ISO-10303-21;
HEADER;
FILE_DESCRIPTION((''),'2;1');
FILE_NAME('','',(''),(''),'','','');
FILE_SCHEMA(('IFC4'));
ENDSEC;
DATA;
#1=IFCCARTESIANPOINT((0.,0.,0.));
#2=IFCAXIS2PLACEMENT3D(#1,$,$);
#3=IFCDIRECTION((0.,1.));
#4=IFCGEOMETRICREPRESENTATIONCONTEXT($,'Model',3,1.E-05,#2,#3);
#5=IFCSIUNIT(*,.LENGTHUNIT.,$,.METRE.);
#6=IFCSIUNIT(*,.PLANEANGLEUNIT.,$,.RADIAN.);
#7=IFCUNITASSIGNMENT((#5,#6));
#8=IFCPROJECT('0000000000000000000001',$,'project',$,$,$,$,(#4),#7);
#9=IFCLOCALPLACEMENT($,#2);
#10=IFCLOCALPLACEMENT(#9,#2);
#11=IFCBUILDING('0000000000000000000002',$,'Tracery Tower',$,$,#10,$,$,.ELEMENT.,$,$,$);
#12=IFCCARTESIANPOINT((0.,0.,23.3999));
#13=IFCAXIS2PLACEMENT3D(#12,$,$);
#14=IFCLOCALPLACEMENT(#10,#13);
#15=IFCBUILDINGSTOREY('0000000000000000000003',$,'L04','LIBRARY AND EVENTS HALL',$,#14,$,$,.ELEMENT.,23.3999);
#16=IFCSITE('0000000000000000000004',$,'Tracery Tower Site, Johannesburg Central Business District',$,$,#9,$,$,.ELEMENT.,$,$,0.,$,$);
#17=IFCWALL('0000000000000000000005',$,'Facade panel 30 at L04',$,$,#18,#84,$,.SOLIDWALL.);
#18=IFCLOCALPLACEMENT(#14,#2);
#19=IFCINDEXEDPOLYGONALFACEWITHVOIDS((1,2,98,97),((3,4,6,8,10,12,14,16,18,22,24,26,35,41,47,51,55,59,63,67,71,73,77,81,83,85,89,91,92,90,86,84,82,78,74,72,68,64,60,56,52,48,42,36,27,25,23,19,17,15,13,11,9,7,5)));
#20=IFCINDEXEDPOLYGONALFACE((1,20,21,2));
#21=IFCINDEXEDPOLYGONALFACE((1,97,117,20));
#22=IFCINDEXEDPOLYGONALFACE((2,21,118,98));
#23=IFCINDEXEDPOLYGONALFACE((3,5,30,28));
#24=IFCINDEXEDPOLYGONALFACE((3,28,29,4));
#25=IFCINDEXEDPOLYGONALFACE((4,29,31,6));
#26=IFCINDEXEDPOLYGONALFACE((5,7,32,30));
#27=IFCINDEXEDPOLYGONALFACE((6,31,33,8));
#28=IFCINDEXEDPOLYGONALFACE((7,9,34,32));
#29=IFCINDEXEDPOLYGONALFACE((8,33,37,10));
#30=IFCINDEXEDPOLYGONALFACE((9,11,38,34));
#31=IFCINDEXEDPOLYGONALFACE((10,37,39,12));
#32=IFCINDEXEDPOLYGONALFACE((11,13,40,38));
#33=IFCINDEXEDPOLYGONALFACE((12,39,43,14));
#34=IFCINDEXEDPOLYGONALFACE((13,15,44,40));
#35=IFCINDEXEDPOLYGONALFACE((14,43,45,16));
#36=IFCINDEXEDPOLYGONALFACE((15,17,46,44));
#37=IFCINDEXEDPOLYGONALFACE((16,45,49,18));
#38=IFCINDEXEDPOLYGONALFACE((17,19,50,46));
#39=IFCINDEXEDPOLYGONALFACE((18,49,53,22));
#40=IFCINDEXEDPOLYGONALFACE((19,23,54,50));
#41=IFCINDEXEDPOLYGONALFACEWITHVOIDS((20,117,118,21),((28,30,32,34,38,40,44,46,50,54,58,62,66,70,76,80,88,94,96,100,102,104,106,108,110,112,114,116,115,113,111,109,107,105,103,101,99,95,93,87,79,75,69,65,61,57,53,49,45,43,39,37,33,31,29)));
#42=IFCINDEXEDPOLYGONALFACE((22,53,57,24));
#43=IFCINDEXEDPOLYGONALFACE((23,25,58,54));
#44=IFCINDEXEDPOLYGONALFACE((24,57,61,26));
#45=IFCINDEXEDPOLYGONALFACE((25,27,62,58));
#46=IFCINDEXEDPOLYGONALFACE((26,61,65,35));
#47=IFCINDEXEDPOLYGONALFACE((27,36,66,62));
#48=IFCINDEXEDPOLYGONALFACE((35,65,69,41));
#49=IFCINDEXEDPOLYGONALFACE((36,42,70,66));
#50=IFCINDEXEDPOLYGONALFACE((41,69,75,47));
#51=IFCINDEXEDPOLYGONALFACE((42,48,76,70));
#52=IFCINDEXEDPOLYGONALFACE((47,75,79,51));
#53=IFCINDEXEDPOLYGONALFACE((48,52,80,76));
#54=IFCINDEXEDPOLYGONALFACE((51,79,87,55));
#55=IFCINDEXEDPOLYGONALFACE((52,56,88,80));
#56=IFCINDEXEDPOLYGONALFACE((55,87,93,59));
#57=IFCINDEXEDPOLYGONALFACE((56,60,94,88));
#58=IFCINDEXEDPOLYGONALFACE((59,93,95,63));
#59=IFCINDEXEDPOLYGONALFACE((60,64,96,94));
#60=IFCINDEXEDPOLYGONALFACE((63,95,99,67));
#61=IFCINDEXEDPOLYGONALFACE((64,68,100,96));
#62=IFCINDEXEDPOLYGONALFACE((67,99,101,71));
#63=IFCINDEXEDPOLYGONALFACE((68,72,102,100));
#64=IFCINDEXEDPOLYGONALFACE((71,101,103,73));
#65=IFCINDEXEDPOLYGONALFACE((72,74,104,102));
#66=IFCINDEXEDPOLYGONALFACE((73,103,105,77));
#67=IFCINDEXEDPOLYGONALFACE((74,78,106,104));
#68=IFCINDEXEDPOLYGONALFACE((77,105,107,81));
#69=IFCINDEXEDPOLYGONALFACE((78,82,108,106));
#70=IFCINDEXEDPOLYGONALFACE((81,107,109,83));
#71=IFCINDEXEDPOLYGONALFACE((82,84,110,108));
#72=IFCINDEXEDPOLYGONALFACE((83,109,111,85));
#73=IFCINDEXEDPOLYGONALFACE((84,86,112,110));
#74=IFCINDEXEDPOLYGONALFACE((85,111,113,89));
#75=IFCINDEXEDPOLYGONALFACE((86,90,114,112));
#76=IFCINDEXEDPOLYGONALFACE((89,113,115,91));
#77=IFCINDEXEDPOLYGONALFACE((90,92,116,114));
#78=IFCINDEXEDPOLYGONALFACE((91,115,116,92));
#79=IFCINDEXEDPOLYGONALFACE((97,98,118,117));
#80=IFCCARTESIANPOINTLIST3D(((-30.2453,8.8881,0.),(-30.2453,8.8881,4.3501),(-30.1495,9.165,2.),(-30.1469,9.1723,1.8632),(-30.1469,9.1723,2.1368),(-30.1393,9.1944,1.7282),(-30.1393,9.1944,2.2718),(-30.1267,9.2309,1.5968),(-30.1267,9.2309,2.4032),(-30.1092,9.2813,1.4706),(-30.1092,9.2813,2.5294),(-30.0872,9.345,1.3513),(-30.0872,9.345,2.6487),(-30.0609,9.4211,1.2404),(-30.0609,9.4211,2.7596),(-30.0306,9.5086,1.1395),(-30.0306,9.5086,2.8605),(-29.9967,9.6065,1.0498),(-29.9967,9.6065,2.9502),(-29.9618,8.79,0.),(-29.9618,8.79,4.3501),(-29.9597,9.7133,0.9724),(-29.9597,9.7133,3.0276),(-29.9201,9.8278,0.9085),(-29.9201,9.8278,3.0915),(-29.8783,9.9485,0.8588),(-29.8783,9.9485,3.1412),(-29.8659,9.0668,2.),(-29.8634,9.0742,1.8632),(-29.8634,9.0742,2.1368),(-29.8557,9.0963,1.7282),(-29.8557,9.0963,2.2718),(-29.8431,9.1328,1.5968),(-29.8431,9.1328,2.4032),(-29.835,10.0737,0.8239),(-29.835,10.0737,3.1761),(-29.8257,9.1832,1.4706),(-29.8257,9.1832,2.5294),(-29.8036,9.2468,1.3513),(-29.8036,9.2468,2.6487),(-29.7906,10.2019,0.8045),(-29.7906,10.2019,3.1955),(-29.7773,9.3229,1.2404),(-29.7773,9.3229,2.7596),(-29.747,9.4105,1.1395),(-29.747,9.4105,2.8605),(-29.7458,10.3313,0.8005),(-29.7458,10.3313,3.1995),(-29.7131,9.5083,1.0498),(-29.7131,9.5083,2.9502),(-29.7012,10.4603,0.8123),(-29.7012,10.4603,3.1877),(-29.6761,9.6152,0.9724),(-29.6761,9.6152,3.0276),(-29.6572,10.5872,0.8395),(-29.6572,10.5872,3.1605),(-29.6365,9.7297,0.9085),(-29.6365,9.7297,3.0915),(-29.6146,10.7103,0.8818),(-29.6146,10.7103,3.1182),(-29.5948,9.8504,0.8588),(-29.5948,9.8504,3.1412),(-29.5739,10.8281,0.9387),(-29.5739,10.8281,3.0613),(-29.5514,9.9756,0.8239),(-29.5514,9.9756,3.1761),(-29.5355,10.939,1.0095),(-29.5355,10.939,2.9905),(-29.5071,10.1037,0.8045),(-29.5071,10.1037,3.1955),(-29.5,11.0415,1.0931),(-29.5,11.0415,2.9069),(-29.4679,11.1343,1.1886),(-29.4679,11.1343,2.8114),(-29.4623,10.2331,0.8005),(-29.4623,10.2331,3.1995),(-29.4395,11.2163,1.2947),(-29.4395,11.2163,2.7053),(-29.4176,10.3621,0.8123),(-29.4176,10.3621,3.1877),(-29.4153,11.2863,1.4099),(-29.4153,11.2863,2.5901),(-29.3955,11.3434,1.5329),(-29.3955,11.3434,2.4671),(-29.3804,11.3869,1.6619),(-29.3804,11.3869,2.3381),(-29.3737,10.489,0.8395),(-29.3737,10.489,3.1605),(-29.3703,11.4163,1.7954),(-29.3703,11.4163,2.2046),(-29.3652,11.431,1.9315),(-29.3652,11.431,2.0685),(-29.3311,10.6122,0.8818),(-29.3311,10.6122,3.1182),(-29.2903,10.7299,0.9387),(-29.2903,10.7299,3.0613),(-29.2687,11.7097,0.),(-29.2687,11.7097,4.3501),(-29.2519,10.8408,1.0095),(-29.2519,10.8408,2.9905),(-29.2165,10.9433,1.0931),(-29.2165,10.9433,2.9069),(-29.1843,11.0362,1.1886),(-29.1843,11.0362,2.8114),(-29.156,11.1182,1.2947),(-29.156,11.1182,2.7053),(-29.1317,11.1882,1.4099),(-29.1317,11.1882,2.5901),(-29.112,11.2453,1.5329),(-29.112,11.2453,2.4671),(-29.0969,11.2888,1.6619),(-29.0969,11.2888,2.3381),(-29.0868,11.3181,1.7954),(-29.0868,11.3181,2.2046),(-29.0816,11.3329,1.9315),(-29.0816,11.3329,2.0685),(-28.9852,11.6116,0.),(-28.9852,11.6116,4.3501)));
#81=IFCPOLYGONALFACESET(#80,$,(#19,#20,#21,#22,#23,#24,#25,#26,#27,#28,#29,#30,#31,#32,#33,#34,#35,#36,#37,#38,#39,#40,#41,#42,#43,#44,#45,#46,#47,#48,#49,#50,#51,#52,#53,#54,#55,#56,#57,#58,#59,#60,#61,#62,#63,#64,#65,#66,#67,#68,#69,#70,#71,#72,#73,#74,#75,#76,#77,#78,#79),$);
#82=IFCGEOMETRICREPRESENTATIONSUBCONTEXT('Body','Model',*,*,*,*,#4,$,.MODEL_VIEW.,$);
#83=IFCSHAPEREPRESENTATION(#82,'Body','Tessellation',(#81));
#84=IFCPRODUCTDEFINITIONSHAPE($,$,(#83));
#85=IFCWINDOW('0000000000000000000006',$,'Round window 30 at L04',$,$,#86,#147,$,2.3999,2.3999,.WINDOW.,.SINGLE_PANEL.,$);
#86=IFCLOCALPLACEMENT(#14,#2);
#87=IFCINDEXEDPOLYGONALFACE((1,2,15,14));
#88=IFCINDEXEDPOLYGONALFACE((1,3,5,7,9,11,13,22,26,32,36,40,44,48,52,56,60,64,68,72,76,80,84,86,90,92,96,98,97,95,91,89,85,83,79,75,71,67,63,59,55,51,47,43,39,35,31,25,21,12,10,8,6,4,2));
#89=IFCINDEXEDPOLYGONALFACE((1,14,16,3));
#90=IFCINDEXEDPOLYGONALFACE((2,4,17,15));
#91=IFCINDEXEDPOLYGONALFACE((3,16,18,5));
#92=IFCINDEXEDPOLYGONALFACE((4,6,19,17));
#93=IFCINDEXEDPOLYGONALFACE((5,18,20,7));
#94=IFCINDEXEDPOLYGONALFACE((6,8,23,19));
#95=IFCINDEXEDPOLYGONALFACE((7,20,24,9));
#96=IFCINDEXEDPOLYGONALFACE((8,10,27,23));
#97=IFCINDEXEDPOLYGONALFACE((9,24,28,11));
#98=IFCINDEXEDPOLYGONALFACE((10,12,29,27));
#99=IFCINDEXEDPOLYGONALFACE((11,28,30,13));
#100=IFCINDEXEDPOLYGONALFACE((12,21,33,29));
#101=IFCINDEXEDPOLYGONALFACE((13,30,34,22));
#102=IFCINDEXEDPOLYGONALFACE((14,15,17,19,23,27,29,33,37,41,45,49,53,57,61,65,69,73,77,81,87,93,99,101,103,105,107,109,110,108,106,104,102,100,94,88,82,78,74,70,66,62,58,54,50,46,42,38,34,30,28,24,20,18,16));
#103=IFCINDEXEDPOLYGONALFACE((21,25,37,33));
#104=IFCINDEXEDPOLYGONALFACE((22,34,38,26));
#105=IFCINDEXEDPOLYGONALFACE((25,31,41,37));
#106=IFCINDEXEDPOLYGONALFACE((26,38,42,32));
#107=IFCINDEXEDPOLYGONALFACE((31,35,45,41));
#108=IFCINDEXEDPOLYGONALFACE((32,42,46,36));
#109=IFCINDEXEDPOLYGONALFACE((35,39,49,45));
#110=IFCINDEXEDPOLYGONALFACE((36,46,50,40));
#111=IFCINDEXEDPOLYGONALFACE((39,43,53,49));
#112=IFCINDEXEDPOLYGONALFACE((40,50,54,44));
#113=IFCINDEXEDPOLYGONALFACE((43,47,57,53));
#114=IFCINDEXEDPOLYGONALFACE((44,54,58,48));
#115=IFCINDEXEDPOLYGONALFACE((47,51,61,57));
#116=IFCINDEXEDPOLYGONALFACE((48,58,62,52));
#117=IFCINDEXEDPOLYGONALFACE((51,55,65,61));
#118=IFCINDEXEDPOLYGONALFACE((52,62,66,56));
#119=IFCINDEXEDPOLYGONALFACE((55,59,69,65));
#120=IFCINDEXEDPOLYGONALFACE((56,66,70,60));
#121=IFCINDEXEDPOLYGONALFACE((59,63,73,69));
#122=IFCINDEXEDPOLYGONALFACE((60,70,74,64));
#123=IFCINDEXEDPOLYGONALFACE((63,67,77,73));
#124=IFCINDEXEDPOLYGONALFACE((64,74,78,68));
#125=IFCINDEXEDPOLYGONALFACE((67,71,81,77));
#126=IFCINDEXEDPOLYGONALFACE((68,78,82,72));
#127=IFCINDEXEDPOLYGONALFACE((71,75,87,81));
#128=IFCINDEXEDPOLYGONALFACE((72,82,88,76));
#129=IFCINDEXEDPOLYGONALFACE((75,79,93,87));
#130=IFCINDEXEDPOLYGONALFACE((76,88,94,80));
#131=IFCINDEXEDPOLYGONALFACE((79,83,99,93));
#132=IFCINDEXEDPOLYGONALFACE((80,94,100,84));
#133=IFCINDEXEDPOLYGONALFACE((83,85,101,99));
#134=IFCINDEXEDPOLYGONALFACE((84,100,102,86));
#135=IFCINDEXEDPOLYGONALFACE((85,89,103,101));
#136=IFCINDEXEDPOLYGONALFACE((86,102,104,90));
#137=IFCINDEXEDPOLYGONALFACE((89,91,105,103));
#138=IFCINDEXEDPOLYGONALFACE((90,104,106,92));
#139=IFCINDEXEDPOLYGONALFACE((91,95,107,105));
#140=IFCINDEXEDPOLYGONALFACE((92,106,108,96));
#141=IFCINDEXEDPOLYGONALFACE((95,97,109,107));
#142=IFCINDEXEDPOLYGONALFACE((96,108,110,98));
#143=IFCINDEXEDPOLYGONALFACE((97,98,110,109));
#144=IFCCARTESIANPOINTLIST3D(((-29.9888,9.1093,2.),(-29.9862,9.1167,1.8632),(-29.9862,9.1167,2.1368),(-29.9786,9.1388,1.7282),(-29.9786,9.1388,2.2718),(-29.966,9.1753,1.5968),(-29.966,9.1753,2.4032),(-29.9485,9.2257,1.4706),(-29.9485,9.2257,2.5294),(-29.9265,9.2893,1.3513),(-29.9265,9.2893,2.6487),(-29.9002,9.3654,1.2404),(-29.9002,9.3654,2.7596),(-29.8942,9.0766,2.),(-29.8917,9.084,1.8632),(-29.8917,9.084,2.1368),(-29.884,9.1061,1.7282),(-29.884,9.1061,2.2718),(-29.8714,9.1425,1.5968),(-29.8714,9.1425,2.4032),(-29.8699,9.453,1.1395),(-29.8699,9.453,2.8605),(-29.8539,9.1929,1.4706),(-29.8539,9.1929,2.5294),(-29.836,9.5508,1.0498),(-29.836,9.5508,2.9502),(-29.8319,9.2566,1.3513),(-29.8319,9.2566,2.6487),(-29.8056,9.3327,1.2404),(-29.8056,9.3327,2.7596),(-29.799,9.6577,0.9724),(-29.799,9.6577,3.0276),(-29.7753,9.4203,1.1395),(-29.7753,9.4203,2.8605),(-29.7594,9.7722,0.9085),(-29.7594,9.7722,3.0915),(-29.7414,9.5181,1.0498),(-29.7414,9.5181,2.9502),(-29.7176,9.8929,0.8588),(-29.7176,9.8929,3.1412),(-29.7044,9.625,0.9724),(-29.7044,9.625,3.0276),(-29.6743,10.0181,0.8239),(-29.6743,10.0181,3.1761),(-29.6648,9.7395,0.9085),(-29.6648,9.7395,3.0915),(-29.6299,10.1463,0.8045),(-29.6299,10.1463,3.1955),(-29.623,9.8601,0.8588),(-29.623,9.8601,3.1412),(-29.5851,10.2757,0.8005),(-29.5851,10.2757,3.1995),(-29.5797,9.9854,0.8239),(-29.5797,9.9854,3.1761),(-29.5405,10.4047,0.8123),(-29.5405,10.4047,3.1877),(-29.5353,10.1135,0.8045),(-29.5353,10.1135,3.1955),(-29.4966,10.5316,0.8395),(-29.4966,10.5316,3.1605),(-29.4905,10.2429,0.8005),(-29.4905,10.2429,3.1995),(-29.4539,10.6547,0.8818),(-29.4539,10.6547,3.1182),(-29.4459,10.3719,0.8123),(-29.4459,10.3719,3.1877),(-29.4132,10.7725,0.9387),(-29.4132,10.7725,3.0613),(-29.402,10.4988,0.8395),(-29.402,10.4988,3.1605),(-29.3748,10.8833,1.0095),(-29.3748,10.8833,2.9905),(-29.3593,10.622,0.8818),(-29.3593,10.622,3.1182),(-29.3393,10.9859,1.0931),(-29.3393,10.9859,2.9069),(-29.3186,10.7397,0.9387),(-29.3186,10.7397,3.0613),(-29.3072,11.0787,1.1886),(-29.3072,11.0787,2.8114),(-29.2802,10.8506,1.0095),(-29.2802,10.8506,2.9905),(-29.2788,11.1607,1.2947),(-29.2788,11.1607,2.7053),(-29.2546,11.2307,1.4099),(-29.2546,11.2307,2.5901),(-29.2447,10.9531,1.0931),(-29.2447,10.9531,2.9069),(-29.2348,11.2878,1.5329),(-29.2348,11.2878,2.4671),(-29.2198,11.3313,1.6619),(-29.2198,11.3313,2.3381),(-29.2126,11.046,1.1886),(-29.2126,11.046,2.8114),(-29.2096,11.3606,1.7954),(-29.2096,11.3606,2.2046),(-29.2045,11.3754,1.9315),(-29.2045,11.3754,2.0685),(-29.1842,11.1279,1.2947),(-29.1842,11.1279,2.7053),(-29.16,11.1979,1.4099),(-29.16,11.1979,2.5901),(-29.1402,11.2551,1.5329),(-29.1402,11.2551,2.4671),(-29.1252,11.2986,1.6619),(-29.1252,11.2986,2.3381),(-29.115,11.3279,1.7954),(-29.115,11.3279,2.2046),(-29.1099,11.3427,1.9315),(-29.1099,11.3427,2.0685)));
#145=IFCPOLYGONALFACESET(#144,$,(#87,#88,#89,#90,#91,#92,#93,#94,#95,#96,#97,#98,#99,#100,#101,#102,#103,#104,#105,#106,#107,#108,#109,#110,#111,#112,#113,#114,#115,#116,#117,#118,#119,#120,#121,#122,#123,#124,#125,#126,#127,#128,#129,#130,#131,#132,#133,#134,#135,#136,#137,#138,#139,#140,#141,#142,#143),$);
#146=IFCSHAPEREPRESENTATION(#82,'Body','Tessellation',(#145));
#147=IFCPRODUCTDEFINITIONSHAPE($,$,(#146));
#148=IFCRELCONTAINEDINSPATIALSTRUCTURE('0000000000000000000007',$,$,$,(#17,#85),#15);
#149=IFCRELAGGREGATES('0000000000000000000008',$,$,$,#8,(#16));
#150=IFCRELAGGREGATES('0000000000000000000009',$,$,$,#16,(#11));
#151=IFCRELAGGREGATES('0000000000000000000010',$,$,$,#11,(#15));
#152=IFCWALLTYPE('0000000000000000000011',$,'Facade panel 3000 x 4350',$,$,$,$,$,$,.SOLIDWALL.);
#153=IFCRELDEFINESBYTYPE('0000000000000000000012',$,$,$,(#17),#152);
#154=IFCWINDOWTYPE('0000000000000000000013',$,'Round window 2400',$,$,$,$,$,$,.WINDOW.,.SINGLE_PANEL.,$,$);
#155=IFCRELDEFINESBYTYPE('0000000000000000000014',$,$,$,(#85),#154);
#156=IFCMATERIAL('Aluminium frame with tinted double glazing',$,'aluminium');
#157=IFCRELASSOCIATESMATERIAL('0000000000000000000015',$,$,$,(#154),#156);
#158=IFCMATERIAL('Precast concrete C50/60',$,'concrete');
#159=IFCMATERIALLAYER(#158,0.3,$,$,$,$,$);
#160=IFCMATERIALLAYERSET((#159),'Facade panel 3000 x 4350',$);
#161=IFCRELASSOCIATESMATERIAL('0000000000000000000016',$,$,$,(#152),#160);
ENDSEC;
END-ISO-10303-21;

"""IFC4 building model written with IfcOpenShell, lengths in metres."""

from ifc_helpers import new_model, si_unit, direction, frame, frame_2d, origin, origin_2d, place, context, subcontext, project, spatial, rectangle, circle, extrude, material, layer, layer_set, type_object, element, fill, save


model = new_model("IFC4")

# Units and contexts
model_context = context("Model", 3, precision=1e-05, world=origin(), true_north=direction((0.0, 1.0)))
body_context = subcontext(model_context, "Body", "Model", "MODEL_VIEW")
ifc_project = project(units=[si_unit("LENGTHUNIT", "METRE"), si_unit("PLANEANGLEUNIT", "RADIAN")], contexts=[model_context])

# Site, building, storey
site_placement = place(None, origin())
site = spatial("IfcSite", under=ifc_project, at=site_placement, Name="Tracery Tower Site, Johannesburg Central Business District", CompositionType="ELEMENT", RefElevation=0.0)
building_placement = place(site_placement, origin())
building = spatial("IfcBuilding", under=site, at=building_placement, Name="Tracery Tower", CompositionType="ELEMENT")
storey_placement = place(building_placement, frame((0.0, 0.0, 23.3999)))
storey = spatial("IfcBuildingStorey", under=building, at=storey_placement, Name="L04", Description="LIBRARY AND EVENTS HALL", CompositionType="ELEMENT", Elevation=23.3999)

# Wall, opening, window
ifc_material_1 = material(Name="Aluminium frame with tinted double glazing", Category="aluminium")
window_type = type_object("IfcWindowType", Name="Round window 2400", PartitioningType="SINGLE_PANEL", PredefinedType="WINDOW", material=ifc_material_1)
ifc_material_2 = material(Name="Precast concrete C50/60", Category="concrete")
ifc_layer_1 = layer(ifc_material_2, 0.3)
ifc_layer_set_1 = layer_set([ifc_layer_1], Name="Facade panel 3000 x 4350")
wall_type_1 = type_object("IfcWallType", Name="Facade panel 3000 x 4350", PredefinedType="SOLIDWALL", material=ifc_layer_set_1)
wall_1_placement = place(storey_placement, frame((-29.127, 11.6606, 0.0), z_axis=(0.0, 0.0, 1.0), x_axis=(-0.327074, -0.944999, 0.0)))
wall_1 = element("IfcWall", 1, at=wall_1_placement, inside=storey, type_object=wall_type_1, Name="Facade panel 30 at L04", PredefinedType="SOLIDWALL", context=body_context, shape_type="SweptSolid", body=[
    extrude(rectangle(XDim=2.9858, YDim=0.3, at=frame_2d((1.4929, 0.0))), origin(), (0.0, 0.0, 1.0), 4.3501),
])
opening_1_placement = place(wall_1_placement, frame((1.4929, 0.0, 2.0)))
opening_1 = element("IfcOpeningElement", 2, at=opening_1_placement, cuts=wall_1, PredefinedType="OPENING", context=body_context, shape_type="SweptSolid", body=[
    extrude(circle(Radius=1.2, at=origin_2d()), frame((0.0, 0.1599, 0.0), z_axis=(0.0, -1.0, 0.0), x_axis=(1.0, 0.0, 0.0)), (0.0, 0.0, 1.0), 0.3201),
])
window_1_placement = place(opening_1_placement, origin())
window_1 = element("IfcWindow", 3, at=window_1_placement, inside=storey, type_object=window_type, Name="Round window 30 at L04", OverallHeight=2.3999, OverallWidth=2.3999, PartitioningType="SINGLE_PANEL", PredefinedType="WINDOW", context=body_context, shape_type="SweptSolid", body=[
    extrude(circle(Radius=1.2, at=origin_2d()), frame((0.0, 0.1201, 0.0), z_axis=(0.0, -1.0, 0.0), x_axis=(1.0, 0.0, 0.0)), (0.0, 0.0, 1.0), 0.1001),
])
fill(opening_1, window_1)

save(model, "model.ifc")
